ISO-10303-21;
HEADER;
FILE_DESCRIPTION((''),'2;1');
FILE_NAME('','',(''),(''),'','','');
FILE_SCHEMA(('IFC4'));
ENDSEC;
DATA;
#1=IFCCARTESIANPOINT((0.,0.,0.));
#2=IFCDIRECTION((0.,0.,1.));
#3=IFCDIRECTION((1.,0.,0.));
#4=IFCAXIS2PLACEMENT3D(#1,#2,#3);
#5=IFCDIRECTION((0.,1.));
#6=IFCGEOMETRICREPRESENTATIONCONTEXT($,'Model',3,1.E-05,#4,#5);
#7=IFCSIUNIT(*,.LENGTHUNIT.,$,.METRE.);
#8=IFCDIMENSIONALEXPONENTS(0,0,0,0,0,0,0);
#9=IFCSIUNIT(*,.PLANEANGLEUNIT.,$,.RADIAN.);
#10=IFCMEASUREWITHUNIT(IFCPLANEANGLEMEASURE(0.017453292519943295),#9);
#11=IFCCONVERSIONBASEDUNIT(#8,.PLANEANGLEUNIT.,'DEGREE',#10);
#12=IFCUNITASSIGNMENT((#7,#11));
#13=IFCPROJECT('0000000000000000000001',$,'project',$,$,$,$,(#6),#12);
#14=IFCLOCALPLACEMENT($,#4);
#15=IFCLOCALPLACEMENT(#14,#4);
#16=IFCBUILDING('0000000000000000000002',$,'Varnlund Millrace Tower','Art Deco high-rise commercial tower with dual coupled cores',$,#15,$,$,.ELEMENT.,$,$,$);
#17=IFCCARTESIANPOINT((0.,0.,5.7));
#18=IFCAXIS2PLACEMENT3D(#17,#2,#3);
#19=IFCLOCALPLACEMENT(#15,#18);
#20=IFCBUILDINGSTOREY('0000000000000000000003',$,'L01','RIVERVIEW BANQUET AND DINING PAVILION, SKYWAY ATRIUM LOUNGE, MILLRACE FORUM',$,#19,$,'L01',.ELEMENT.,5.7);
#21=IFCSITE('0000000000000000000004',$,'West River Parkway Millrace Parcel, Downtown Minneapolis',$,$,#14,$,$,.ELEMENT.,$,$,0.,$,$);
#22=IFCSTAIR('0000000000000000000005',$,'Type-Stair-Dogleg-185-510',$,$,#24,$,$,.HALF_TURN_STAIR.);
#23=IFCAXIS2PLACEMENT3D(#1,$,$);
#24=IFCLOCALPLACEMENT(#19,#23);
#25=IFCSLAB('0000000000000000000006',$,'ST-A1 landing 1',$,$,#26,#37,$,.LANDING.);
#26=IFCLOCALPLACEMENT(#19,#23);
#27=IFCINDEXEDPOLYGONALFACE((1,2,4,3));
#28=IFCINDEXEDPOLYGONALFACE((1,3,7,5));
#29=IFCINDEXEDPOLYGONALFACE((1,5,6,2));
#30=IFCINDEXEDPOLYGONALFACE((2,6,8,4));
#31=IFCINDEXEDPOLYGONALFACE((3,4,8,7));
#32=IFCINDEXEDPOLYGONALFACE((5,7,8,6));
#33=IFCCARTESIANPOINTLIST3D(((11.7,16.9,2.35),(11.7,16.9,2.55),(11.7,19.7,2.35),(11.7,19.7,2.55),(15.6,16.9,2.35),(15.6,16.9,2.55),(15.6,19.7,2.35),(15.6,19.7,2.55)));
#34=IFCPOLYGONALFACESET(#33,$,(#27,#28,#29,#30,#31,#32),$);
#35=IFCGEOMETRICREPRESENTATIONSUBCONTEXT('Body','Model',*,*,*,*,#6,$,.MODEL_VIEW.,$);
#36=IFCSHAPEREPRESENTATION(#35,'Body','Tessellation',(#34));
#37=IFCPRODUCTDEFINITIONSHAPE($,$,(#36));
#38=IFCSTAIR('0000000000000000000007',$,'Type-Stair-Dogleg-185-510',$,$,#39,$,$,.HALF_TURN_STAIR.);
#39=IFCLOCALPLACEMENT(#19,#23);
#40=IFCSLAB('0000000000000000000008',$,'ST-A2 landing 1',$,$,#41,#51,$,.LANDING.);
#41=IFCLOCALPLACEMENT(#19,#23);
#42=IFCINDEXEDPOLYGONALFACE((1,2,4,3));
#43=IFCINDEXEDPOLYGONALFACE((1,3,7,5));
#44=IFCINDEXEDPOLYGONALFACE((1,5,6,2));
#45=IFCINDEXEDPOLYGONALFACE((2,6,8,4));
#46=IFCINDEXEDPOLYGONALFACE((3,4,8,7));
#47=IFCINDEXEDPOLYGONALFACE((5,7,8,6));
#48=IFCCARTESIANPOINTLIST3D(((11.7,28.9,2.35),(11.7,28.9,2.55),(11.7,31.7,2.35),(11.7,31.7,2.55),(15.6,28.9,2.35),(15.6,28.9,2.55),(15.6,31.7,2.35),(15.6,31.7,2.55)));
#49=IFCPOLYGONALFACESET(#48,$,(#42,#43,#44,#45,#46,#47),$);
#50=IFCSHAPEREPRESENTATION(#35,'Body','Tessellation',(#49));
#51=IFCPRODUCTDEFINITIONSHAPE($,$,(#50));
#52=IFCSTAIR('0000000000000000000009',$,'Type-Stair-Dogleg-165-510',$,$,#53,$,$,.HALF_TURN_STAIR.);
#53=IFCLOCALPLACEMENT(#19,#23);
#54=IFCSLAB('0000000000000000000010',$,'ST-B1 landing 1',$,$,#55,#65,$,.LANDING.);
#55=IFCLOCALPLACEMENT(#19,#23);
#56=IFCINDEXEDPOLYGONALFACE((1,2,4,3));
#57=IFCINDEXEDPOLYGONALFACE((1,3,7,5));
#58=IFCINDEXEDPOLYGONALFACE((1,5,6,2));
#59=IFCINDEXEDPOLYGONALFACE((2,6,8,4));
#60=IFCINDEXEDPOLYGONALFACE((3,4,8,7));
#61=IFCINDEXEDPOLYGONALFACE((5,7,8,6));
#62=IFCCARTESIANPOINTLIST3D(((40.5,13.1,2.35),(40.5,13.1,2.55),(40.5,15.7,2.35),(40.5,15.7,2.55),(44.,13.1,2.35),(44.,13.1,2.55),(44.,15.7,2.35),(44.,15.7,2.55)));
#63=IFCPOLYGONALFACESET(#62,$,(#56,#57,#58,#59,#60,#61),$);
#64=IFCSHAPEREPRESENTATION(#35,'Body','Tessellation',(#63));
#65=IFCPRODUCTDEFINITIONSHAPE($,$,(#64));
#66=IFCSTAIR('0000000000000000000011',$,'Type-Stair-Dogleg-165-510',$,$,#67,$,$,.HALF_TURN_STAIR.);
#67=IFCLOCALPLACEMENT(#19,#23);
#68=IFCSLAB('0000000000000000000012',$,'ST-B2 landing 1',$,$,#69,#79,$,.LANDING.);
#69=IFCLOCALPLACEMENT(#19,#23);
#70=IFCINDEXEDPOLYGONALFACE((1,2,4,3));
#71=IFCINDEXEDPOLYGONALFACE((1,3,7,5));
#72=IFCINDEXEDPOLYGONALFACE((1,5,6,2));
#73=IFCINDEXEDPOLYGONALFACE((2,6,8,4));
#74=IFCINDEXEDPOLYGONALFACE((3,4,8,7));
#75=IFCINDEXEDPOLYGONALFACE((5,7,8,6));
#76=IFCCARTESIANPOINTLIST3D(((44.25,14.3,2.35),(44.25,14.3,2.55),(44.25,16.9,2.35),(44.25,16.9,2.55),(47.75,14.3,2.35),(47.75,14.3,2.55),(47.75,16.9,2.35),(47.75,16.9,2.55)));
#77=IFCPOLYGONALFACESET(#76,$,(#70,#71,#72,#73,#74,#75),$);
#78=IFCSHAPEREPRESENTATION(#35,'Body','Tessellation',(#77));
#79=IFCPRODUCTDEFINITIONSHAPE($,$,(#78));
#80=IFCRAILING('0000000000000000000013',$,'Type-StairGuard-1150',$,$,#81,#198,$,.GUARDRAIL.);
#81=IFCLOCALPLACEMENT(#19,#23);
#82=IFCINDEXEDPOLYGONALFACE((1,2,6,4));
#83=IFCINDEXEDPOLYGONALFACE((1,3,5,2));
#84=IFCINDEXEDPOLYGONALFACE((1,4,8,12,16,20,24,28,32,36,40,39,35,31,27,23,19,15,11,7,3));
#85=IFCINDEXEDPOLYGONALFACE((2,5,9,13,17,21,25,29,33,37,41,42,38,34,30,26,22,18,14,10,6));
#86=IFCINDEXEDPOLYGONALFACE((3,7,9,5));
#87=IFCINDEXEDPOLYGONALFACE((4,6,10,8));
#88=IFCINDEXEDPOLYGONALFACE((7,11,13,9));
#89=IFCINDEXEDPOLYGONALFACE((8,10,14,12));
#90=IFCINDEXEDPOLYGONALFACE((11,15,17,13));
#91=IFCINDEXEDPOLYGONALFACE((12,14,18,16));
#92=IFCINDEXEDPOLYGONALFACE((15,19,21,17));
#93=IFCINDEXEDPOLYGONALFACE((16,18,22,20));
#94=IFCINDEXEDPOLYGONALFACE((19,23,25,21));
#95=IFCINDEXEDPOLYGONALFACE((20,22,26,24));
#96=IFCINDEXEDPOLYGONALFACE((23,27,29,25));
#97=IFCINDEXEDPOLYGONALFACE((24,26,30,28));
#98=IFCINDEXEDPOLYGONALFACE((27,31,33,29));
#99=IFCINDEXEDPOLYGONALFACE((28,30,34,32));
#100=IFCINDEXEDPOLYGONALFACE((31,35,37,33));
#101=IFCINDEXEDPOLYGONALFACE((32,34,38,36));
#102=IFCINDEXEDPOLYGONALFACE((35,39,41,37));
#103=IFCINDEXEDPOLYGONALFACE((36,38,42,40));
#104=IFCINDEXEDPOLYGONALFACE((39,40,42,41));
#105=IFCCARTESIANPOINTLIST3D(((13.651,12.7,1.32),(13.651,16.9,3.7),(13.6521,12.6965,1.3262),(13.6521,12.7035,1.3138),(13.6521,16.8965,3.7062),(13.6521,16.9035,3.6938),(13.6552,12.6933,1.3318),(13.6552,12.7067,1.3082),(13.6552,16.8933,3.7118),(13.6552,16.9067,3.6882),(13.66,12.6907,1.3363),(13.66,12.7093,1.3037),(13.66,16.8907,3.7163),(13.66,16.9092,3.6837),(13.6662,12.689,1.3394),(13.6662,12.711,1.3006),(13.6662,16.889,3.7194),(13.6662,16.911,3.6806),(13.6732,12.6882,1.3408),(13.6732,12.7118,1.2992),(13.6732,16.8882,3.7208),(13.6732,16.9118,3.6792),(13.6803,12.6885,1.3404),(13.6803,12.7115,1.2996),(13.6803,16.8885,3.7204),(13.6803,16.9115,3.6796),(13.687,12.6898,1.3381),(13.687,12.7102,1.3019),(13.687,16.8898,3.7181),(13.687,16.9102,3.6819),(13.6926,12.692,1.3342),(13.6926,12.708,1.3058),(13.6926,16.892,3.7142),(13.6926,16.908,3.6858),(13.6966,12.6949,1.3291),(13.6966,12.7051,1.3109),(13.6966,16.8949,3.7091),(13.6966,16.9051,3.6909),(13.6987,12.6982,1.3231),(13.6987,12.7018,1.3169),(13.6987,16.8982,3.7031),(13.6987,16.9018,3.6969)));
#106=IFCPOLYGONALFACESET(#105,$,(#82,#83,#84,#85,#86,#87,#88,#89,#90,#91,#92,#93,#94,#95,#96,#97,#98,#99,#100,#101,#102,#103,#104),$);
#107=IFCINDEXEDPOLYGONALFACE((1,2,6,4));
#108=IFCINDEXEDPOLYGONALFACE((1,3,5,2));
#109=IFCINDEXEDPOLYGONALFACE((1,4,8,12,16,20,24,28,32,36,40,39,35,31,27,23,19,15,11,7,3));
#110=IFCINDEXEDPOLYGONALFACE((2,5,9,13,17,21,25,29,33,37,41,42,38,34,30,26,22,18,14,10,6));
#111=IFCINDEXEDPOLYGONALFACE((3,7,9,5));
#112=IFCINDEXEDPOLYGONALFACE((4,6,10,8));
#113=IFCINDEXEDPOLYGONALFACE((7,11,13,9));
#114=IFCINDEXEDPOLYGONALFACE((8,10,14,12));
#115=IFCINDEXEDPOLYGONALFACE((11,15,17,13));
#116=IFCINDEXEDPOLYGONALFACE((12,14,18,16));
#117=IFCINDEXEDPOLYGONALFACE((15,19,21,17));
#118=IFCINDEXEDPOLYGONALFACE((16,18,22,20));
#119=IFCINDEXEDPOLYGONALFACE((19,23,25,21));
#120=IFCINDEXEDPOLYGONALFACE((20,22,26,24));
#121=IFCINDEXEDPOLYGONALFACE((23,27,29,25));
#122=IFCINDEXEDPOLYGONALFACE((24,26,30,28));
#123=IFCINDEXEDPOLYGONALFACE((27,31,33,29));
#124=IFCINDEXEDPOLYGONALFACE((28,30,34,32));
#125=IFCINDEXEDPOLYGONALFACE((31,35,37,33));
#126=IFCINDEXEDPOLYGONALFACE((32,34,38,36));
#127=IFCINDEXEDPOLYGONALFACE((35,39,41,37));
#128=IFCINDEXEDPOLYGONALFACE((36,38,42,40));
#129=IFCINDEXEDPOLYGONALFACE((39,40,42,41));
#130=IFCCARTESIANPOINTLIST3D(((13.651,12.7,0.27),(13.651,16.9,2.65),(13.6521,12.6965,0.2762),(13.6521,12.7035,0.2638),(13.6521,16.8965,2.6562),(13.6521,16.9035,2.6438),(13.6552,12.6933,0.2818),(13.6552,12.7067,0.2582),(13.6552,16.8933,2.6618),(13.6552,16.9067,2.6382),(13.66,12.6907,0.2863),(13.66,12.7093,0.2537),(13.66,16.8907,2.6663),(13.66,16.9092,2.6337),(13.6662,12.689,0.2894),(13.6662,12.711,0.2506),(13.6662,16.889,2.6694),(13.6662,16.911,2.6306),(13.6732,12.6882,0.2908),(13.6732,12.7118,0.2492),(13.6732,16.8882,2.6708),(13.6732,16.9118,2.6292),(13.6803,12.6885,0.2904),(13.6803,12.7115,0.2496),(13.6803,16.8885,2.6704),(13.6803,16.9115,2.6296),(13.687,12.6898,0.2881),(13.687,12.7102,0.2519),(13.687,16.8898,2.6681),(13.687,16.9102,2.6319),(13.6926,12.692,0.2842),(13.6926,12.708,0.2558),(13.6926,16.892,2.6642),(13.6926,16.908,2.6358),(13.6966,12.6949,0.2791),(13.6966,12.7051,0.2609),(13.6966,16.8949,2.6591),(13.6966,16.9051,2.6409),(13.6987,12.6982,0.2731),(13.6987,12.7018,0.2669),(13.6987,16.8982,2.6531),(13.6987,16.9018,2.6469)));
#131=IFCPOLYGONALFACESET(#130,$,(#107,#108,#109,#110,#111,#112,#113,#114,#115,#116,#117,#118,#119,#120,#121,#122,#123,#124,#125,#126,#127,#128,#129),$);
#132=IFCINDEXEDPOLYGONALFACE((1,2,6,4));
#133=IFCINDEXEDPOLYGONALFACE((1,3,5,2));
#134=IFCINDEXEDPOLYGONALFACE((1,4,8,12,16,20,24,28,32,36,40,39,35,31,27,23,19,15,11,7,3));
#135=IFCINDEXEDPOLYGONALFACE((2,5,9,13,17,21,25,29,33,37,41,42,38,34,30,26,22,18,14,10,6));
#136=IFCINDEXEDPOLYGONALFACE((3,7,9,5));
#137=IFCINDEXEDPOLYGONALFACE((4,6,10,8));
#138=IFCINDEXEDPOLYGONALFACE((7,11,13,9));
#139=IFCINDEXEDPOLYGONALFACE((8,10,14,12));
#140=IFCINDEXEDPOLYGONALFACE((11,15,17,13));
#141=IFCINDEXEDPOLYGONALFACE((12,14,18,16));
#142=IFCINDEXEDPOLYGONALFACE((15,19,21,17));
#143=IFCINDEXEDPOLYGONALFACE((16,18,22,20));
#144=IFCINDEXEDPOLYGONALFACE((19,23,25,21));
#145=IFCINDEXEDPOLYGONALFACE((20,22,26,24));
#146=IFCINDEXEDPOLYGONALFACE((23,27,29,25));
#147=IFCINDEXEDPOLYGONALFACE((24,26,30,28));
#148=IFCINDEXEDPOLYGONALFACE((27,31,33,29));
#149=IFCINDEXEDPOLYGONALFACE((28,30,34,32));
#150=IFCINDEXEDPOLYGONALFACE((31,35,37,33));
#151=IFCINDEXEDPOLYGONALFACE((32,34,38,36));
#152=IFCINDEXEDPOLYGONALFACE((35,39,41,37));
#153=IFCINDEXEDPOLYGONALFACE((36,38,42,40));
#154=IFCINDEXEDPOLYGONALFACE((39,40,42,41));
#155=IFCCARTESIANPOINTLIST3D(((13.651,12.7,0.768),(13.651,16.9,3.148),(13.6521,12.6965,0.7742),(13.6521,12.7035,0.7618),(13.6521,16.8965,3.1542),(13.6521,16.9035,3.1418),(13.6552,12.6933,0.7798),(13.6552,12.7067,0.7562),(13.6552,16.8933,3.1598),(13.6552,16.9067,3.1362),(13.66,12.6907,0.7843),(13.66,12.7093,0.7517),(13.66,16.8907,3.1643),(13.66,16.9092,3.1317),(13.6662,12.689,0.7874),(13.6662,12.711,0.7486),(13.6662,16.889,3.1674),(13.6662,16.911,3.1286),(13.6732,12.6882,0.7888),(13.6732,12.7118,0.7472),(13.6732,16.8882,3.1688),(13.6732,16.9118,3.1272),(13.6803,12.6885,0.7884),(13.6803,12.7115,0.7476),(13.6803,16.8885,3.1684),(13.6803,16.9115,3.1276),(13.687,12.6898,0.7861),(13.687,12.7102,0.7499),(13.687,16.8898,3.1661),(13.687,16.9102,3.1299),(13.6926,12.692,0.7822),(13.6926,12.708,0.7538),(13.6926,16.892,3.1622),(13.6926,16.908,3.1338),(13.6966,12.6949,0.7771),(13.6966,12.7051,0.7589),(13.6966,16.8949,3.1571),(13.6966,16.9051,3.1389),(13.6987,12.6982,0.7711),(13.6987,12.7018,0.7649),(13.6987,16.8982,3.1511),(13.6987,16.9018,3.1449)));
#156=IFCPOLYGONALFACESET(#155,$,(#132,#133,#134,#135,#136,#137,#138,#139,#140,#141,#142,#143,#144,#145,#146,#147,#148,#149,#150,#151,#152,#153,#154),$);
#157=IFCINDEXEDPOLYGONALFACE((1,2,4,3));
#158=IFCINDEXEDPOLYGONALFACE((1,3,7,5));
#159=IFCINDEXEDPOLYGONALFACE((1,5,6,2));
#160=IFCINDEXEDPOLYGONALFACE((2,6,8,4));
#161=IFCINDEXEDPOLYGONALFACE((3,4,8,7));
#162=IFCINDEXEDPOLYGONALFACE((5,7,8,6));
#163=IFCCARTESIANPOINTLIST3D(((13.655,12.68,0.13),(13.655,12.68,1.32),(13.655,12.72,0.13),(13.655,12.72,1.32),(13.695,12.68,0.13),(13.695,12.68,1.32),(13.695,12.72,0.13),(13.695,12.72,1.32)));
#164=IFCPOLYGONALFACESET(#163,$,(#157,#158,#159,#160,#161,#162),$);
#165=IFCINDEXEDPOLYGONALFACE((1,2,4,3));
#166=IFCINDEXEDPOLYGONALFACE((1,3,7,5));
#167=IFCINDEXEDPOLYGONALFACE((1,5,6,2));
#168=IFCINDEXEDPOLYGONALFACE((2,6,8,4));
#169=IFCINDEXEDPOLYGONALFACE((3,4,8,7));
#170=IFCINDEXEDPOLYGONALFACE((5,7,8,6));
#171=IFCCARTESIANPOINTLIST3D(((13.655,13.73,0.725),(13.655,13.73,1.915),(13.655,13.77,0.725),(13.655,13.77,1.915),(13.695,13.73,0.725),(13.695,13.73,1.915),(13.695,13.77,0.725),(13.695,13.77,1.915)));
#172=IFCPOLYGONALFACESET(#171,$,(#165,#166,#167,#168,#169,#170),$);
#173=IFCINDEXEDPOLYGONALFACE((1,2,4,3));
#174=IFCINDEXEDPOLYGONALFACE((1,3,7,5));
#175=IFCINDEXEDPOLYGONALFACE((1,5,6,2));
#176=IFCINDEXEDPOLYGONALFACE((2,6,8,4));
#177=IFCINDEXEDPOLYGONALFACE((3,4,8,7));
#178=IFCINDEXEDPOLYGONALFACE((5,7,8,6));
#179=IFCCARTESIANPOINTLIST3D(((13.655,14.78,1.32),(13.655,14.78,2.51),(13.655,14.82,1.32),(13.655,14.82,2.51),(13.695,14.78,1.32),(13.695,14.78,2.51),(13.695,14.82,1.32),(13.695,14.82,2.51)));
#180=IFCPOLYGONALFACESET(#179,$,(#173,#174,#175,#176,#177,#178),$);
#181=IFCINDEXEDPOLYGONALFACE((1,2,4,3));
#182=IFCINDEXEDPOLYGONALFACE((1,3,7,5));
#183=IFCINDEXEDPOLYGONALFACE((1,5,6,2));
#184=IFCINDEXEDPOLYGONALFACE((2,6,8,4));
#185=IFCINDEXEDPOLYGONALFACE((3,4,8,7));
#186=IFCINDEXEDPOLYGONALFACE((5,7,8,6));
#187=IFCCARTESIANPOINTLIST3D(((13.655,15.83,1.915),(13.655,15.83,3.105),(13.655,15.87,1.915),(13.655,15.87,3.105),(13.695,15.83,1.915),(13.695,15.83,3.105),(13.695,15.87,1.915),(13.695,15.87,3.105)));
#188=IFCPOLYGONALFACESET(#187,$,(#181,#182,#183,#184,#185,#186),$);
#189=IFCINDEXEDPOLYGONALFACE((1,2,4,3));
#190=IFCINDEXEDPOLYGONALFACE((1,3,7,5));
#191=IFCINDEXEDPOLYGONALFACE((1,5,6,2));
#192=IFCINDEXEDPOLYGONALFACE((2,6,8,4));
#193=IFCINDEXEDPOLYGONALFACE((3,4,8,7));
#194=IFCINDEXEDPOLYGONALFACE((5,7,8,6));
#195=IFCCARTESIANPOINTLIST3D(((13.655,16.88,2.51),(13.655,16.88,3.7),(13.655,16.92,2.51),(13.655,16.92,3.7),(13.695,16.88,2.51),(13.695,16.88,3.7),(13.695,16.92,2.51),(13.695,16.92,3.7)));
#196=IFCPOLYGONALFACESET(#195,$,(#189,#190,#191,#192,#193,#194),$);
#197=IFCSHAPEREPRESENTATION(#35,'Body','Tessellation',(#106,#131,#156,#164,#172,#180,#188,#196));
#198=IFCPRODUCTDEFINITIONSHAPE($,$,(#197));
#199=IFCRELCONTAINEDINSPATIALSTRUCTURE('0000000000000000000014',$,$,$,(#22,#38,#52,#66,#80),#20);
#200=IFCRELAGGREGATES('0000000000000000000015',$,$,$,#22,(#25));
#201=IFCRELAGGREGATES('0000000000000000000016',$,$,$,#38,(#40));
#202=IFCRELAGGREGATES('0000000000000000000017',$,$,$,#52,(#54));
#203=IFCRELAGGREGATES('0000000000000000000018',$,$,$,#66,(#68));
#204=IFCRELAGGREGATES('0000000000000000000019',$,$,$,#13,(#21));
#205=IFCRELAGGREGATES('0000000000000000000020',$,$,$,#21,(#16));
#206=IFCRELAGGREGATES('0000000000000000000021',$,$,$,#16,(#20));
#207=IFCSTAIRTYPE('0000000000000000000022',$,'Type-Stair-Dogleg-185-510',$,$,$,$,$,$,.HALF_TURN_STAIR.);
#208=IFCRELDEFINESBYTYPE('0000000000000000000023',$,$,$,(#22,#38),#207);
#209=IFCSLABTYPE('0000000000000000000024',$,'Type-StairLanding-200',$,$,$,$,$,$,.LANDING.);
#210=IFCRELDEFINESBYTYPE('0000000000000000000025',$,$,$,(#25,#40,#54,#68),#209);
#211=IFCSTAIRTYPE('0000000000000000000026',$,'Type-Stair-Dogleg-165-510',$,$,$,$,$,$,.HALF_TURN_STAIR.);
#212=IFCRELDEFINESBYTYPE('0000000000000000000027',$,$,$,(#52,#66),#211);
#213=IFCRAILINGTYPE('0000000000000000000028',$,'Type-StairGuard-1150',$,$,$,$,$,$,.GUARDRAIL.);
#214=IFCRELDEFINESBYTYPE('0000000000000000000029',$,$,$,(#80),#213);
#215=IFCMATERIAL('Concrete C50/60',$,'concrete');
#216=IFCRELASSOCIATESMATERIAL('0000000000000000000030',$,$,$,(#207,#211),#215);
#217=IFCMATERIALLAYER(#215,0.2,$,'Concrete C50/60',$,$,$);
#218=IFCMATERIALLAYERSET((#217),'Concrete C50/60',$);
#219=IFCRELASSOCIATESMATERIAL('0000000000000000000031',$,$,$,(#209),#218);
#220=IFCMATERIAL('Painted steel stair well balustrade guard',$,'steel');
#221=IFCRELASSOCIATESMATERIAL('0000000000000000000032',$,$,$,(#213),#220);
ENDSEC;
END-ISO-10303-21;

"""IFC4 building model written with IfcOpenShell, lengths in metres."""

from ifc_helpers import new_model, entity, si_unit, converted_unit, direction, frame, origin_with_axes, origin_2d_with_axis, place, context, subcontext, project, spatial, polyline, rectangle, circle, outline, extrude, material, layer, layer_set, type_object, element, aggregate, save


model = new_model("IFC4")

# Units and contexts
model_context = context("Model", 3, precision=1e-05, world=origin_with_axes(), true_north=direction((0.0, 1.0)))
body_context = subcontext(model_context, "Body", "Model", "MODEL_VIEW")
ifc_project = project(units=[si_unit("LENGTHUNIT", "METRE"), converted_unit("PLANEANGLEUNIT", "DEGREE", entity("IfcPlaneAngleMeasure", 0.017453292519943295), si_unit("PLANEANGLEUNIT", "RADIAN"), dimensions=[0, 0, 0, 0, 0, 0, 0])], contexts=[model_context])

# Site, building, storey
site_placement = place(None, origin_with_axes())
site = spatial("IfcSite", under=ifc_project, at=site_placement, Name="West River Parkway Millrace Parcel, Downtown Minneapolis", CompositionType="ELEMENT", RefElevation=0.0)
building_placement = place(site_placement, origin_with_axes())
building = spatial("IfcBuilding", under=site, at=building_placement, Name="Varnlund Millrace Tower", Description="Art Deco high-rise commercial tower with dual coupled cores", CompositionType="ELEMENT")
storey_placement = place(building_placement, frame((0.0, 0.0, 5.7), z_axis=(0.0, 0.0, 1.0), x_axis=(1.0, 0.0, 0.0)))
storey = spatial("IfcBuildingStorey", under=building, at=storey_placement, Name="L01", Description="RIVERVIEW BANQUET AND DINING PAVILION, SKYWAY ATRIUM LOUNGE, MILLRACE FORUM", LongName="L01", CompositionType="ELEMENT", Elevation=5.7)

# Stairs, slabs
ifc_material_1 = material(Name="Concrete C50/60", Category="concrete")
stair_type_1 = type_object("IfcStairType", Name="Type-Stair-Dogleg-185-510", PredefinedType="HALF_TURN_STAIR", material=ifc_material_1)
stair_1_placement = place(storey_placement, origin_with_axes())
stair_1 = element("IfcStair", 1, at=stair_1_placement, inside=storey, type_object=stair_type_1, Name="Type-Stair-Dogleg-185-510", PredefinedType="HALF_TURN_STAIR")
ifc_layer = layer(ifc_material_1, 0.2, Name="Concrete C50/60")
ifc_layer_set = layer_set([ifc_layer], Name="Concrete C50/60")
slab_type = type_object("IfcSlabType", Name="Type-StairLanding-200", PredefinedType="LANDING", material=ifc_layer_set)
slab_1_placement = place(storey_placement, frame((0.0, 0.0, 2.35), z_axis=(0.0, 0.0, 1.0), x_axis=(1.0, 0.0, 0.0)))
slab_1 = element("IfcSlab", 2, at=slab_1_placement, type_object=slab_type, Name="ST-A1 landing 1", PredefinedType="LANDING", context=body_context, shape_type="SweptSolid", body=[
    extrude(outline(polyline([(15.6, 16.9), (15.6, 19.7), (11.7, 19.7), (11.7, 16.9), (15.6, 16.9)])), origin_with_axes(), (0.0, 0.0, 1.0), 0.2),
])
aggregate(stair_1, [slab_1])
stair_2_placement = place(storey_placement, origin_with_axes())
stair_2 = element("IfcStair", 3, at=stair_2_placement, inside=storey, type_object=stair_type_1, Name="Type-Stair-Dogleg-185-510", PredefinedType="HALF_TURN_STAIR")
slab_2_placement = place(storey_placement, frame((0.0, 0.0, 2.35), z_axis=(0.0, 0.0, 1.0), x_axis=(1.0, 0.0, 0.0)))
slab_2 = element("IfcSlab", 4, at=slab_2_placement, type_object=slab_type, Name="ST-A2 landing 1", PredefinedType="LANDING", context=body_context, shape_type="SweptSolid", body=[
    extrude(outline(polyline([(11.7, 31.7), (11.7, 28.9), (15.6, 28.9), (15.6, 31.7), (11.7, 31.7)])), origin_with_axes(), (0.0, 0.0, 1.0), 0.2),
])
aggregate(stair_2, [slab_2])
stair_type_2 = type_object("IfcStairType", Name="Type-Stair-Dogleg-165-510", PredefinedType="HALF_TURN_STAIR", material=ifc_material_1)
stair_3_placement = place(storey_placement, origin_with_axes())
stair_3 = element("IfcStair", 5, at=stair_3_placement, inside=storey, type_object=stair_type_2, Name="Type-Stair-Dogleg-165-510", PredefinedType="HALF_TURN_STAIR")
slab_3_placement = place(storey_placement, frame((0.0, 0.0, 2.35), z_axis=(0.0, 0.0, 1.0), x_axis=(1.0, 0.0, 0.0)))
slab_3 = element("IfcSlab", 6, at=slab_3_placement, type_object=slab_type, Name="ST-B1 landing 1", PredefinedType="LANDING", context=body_context, shape_type="SweptSolid", body=[
    extrude(outline(polyline([(44.0, 13.1), (44.0, 15.7), (40.5, 15.7), (40.5, 13.1), (44.0, 13.1)])), origin_with_axes(), (0.0, 0.0, 1.0), 0.2),
])
aggregate(stair_3, [slab_3])
stair_4_placement = place(storey_placement, origin_with_axes())
stair_4 = element("IfcStair", 7, at=stair_4_placement, inside=storey, type_object=stair_type_2, Name="Type-Stair-Dogleg-165-510", PredefinedType="HALF_TURN_STAIR")
slab_4_placement = place(storey_placement, frame((0.0, 0.0, 2.35), z_axis=(0.0, 0.0, 1.0), x_axis=(1.0, 0.0, 0.0)))
slab_4 = element("IfcSlab", 8, at=slab_4_placement, type_object=slab_type, Name="ST-B2 landing 1", PredefinedType="LANDING", context=body_context, shape_type="SweptSolid", body=[
    extrude(outline(polyline([(44.25, 16.9), (44.25, 14.3), (47.75, 14.3), (47.75, 16.9), (44.25, 16.9)])), origin_with_axes(), (0.0, 0.0, 1.0), 0.2),
])
aggregate(stair_4, [slab_4])

# Railing
ifc_material_2 = material(Name="Painted steel stair well balustrade guard", Category="steel")
railing_type_1 = type_object("IfcRailingType", Name="Type-StairGuard-1150", PredefinedType="GUARDRAIL", material=ifc_material_2)
railing_1_placement = place(storey_placement, frame((0.0, 0.0, -5.7), z_axis=(0.0, 0.0, 1.0), x_axis=(1.0, 0.0, 0.0)))
element("IfcRailing", 9, at=railing_1_placement, inside=storey, type_object=railing_type_1, Name="Type-StairGuard-1150", PredefinedType="GUARDRAIL", context=body_context, shape_type="SweptSolid", body=[
    extrude(circle(Radius=0.024, at=origin_2d_with_axis()), frame((13.675, 12.7, 7.02), z_axis=(0.0, 0.870022, 0.493013), x_axis=(-1.0, 0.0, 0.0)), (0.0, 0.0, 1.0), 4.8275),
    extrude(circle(Radius=0.024, at=origin_2d_with_axis()), frame((13.675, 12.7, 5.97), z_axis=(0.0, 0.870022, 0.493013), x_axis=(-1.0, 0.0, 0.0)), (0.0, 0.0, 1.0), 4.8275),
    extrude(circle(Radius=0.024, at=origin_2d_with_axis()), frame((13.675, 12.7, 6.468), z_axis=(0.0, 0.870022, 0.493013), x_axis=(-1.0, 0.0, 0.0)), (0.0, 0.0, 1.0), 4.8275),
    extrude(rectangle(XDim=0.04, YDim=0.04, at=origin_2d_with_axis()), frame((13.675, 12.7, 5.83), z_axis=(0.0, 0.0, 1.0), x_axis=(1.0, 0.0, 0.0)), (0.0, 0.0, 1.0), 1.19),
    extrude(rectangle(XDim=0.04, YDim=0.04, at=origin_2d_with_axis()), frame((13.675, 13.75, 6.425), z_axis=(0.0, 0.0, 1.0), x_axis=(1.0, 0.0, 0.0)), (0.0, 0.0, 1.0), 1.19),
    extrude(rectangle(XDim=0.04, YDim=0.04, at=origin_2d_with_axis()), frame((13.675, 14.8, 7.02), z_axis=(0.0, 0.0, 1.0), x_axis=(1.0, 0.0, 0.0)), (0.0, 0.0, 1.0), 1.19),
    extrude(rectangle(XDim=0.04, YDim=0.04, at=origin_2d_with_axis()), frame((13.675, 15.85, 7.615), z_axis=(0.0, 0.0, 1.0), x_axis=(1.0, 0.0, 0.0)), (0.0, 0.0, 1.0), 1.19),
    extrude(rectangle(XDim=0.04, YDim=0.04, at=origin_2d_with_axis()), frame((13.675, 16.9, 8.21), z_axis=(0.0, 0.0, 1.0), x_axis=(1.0, 0.0, 0.0)), (0.0, 0.0, 1.0), 1.19),
])

save(model, "model.ifc")
